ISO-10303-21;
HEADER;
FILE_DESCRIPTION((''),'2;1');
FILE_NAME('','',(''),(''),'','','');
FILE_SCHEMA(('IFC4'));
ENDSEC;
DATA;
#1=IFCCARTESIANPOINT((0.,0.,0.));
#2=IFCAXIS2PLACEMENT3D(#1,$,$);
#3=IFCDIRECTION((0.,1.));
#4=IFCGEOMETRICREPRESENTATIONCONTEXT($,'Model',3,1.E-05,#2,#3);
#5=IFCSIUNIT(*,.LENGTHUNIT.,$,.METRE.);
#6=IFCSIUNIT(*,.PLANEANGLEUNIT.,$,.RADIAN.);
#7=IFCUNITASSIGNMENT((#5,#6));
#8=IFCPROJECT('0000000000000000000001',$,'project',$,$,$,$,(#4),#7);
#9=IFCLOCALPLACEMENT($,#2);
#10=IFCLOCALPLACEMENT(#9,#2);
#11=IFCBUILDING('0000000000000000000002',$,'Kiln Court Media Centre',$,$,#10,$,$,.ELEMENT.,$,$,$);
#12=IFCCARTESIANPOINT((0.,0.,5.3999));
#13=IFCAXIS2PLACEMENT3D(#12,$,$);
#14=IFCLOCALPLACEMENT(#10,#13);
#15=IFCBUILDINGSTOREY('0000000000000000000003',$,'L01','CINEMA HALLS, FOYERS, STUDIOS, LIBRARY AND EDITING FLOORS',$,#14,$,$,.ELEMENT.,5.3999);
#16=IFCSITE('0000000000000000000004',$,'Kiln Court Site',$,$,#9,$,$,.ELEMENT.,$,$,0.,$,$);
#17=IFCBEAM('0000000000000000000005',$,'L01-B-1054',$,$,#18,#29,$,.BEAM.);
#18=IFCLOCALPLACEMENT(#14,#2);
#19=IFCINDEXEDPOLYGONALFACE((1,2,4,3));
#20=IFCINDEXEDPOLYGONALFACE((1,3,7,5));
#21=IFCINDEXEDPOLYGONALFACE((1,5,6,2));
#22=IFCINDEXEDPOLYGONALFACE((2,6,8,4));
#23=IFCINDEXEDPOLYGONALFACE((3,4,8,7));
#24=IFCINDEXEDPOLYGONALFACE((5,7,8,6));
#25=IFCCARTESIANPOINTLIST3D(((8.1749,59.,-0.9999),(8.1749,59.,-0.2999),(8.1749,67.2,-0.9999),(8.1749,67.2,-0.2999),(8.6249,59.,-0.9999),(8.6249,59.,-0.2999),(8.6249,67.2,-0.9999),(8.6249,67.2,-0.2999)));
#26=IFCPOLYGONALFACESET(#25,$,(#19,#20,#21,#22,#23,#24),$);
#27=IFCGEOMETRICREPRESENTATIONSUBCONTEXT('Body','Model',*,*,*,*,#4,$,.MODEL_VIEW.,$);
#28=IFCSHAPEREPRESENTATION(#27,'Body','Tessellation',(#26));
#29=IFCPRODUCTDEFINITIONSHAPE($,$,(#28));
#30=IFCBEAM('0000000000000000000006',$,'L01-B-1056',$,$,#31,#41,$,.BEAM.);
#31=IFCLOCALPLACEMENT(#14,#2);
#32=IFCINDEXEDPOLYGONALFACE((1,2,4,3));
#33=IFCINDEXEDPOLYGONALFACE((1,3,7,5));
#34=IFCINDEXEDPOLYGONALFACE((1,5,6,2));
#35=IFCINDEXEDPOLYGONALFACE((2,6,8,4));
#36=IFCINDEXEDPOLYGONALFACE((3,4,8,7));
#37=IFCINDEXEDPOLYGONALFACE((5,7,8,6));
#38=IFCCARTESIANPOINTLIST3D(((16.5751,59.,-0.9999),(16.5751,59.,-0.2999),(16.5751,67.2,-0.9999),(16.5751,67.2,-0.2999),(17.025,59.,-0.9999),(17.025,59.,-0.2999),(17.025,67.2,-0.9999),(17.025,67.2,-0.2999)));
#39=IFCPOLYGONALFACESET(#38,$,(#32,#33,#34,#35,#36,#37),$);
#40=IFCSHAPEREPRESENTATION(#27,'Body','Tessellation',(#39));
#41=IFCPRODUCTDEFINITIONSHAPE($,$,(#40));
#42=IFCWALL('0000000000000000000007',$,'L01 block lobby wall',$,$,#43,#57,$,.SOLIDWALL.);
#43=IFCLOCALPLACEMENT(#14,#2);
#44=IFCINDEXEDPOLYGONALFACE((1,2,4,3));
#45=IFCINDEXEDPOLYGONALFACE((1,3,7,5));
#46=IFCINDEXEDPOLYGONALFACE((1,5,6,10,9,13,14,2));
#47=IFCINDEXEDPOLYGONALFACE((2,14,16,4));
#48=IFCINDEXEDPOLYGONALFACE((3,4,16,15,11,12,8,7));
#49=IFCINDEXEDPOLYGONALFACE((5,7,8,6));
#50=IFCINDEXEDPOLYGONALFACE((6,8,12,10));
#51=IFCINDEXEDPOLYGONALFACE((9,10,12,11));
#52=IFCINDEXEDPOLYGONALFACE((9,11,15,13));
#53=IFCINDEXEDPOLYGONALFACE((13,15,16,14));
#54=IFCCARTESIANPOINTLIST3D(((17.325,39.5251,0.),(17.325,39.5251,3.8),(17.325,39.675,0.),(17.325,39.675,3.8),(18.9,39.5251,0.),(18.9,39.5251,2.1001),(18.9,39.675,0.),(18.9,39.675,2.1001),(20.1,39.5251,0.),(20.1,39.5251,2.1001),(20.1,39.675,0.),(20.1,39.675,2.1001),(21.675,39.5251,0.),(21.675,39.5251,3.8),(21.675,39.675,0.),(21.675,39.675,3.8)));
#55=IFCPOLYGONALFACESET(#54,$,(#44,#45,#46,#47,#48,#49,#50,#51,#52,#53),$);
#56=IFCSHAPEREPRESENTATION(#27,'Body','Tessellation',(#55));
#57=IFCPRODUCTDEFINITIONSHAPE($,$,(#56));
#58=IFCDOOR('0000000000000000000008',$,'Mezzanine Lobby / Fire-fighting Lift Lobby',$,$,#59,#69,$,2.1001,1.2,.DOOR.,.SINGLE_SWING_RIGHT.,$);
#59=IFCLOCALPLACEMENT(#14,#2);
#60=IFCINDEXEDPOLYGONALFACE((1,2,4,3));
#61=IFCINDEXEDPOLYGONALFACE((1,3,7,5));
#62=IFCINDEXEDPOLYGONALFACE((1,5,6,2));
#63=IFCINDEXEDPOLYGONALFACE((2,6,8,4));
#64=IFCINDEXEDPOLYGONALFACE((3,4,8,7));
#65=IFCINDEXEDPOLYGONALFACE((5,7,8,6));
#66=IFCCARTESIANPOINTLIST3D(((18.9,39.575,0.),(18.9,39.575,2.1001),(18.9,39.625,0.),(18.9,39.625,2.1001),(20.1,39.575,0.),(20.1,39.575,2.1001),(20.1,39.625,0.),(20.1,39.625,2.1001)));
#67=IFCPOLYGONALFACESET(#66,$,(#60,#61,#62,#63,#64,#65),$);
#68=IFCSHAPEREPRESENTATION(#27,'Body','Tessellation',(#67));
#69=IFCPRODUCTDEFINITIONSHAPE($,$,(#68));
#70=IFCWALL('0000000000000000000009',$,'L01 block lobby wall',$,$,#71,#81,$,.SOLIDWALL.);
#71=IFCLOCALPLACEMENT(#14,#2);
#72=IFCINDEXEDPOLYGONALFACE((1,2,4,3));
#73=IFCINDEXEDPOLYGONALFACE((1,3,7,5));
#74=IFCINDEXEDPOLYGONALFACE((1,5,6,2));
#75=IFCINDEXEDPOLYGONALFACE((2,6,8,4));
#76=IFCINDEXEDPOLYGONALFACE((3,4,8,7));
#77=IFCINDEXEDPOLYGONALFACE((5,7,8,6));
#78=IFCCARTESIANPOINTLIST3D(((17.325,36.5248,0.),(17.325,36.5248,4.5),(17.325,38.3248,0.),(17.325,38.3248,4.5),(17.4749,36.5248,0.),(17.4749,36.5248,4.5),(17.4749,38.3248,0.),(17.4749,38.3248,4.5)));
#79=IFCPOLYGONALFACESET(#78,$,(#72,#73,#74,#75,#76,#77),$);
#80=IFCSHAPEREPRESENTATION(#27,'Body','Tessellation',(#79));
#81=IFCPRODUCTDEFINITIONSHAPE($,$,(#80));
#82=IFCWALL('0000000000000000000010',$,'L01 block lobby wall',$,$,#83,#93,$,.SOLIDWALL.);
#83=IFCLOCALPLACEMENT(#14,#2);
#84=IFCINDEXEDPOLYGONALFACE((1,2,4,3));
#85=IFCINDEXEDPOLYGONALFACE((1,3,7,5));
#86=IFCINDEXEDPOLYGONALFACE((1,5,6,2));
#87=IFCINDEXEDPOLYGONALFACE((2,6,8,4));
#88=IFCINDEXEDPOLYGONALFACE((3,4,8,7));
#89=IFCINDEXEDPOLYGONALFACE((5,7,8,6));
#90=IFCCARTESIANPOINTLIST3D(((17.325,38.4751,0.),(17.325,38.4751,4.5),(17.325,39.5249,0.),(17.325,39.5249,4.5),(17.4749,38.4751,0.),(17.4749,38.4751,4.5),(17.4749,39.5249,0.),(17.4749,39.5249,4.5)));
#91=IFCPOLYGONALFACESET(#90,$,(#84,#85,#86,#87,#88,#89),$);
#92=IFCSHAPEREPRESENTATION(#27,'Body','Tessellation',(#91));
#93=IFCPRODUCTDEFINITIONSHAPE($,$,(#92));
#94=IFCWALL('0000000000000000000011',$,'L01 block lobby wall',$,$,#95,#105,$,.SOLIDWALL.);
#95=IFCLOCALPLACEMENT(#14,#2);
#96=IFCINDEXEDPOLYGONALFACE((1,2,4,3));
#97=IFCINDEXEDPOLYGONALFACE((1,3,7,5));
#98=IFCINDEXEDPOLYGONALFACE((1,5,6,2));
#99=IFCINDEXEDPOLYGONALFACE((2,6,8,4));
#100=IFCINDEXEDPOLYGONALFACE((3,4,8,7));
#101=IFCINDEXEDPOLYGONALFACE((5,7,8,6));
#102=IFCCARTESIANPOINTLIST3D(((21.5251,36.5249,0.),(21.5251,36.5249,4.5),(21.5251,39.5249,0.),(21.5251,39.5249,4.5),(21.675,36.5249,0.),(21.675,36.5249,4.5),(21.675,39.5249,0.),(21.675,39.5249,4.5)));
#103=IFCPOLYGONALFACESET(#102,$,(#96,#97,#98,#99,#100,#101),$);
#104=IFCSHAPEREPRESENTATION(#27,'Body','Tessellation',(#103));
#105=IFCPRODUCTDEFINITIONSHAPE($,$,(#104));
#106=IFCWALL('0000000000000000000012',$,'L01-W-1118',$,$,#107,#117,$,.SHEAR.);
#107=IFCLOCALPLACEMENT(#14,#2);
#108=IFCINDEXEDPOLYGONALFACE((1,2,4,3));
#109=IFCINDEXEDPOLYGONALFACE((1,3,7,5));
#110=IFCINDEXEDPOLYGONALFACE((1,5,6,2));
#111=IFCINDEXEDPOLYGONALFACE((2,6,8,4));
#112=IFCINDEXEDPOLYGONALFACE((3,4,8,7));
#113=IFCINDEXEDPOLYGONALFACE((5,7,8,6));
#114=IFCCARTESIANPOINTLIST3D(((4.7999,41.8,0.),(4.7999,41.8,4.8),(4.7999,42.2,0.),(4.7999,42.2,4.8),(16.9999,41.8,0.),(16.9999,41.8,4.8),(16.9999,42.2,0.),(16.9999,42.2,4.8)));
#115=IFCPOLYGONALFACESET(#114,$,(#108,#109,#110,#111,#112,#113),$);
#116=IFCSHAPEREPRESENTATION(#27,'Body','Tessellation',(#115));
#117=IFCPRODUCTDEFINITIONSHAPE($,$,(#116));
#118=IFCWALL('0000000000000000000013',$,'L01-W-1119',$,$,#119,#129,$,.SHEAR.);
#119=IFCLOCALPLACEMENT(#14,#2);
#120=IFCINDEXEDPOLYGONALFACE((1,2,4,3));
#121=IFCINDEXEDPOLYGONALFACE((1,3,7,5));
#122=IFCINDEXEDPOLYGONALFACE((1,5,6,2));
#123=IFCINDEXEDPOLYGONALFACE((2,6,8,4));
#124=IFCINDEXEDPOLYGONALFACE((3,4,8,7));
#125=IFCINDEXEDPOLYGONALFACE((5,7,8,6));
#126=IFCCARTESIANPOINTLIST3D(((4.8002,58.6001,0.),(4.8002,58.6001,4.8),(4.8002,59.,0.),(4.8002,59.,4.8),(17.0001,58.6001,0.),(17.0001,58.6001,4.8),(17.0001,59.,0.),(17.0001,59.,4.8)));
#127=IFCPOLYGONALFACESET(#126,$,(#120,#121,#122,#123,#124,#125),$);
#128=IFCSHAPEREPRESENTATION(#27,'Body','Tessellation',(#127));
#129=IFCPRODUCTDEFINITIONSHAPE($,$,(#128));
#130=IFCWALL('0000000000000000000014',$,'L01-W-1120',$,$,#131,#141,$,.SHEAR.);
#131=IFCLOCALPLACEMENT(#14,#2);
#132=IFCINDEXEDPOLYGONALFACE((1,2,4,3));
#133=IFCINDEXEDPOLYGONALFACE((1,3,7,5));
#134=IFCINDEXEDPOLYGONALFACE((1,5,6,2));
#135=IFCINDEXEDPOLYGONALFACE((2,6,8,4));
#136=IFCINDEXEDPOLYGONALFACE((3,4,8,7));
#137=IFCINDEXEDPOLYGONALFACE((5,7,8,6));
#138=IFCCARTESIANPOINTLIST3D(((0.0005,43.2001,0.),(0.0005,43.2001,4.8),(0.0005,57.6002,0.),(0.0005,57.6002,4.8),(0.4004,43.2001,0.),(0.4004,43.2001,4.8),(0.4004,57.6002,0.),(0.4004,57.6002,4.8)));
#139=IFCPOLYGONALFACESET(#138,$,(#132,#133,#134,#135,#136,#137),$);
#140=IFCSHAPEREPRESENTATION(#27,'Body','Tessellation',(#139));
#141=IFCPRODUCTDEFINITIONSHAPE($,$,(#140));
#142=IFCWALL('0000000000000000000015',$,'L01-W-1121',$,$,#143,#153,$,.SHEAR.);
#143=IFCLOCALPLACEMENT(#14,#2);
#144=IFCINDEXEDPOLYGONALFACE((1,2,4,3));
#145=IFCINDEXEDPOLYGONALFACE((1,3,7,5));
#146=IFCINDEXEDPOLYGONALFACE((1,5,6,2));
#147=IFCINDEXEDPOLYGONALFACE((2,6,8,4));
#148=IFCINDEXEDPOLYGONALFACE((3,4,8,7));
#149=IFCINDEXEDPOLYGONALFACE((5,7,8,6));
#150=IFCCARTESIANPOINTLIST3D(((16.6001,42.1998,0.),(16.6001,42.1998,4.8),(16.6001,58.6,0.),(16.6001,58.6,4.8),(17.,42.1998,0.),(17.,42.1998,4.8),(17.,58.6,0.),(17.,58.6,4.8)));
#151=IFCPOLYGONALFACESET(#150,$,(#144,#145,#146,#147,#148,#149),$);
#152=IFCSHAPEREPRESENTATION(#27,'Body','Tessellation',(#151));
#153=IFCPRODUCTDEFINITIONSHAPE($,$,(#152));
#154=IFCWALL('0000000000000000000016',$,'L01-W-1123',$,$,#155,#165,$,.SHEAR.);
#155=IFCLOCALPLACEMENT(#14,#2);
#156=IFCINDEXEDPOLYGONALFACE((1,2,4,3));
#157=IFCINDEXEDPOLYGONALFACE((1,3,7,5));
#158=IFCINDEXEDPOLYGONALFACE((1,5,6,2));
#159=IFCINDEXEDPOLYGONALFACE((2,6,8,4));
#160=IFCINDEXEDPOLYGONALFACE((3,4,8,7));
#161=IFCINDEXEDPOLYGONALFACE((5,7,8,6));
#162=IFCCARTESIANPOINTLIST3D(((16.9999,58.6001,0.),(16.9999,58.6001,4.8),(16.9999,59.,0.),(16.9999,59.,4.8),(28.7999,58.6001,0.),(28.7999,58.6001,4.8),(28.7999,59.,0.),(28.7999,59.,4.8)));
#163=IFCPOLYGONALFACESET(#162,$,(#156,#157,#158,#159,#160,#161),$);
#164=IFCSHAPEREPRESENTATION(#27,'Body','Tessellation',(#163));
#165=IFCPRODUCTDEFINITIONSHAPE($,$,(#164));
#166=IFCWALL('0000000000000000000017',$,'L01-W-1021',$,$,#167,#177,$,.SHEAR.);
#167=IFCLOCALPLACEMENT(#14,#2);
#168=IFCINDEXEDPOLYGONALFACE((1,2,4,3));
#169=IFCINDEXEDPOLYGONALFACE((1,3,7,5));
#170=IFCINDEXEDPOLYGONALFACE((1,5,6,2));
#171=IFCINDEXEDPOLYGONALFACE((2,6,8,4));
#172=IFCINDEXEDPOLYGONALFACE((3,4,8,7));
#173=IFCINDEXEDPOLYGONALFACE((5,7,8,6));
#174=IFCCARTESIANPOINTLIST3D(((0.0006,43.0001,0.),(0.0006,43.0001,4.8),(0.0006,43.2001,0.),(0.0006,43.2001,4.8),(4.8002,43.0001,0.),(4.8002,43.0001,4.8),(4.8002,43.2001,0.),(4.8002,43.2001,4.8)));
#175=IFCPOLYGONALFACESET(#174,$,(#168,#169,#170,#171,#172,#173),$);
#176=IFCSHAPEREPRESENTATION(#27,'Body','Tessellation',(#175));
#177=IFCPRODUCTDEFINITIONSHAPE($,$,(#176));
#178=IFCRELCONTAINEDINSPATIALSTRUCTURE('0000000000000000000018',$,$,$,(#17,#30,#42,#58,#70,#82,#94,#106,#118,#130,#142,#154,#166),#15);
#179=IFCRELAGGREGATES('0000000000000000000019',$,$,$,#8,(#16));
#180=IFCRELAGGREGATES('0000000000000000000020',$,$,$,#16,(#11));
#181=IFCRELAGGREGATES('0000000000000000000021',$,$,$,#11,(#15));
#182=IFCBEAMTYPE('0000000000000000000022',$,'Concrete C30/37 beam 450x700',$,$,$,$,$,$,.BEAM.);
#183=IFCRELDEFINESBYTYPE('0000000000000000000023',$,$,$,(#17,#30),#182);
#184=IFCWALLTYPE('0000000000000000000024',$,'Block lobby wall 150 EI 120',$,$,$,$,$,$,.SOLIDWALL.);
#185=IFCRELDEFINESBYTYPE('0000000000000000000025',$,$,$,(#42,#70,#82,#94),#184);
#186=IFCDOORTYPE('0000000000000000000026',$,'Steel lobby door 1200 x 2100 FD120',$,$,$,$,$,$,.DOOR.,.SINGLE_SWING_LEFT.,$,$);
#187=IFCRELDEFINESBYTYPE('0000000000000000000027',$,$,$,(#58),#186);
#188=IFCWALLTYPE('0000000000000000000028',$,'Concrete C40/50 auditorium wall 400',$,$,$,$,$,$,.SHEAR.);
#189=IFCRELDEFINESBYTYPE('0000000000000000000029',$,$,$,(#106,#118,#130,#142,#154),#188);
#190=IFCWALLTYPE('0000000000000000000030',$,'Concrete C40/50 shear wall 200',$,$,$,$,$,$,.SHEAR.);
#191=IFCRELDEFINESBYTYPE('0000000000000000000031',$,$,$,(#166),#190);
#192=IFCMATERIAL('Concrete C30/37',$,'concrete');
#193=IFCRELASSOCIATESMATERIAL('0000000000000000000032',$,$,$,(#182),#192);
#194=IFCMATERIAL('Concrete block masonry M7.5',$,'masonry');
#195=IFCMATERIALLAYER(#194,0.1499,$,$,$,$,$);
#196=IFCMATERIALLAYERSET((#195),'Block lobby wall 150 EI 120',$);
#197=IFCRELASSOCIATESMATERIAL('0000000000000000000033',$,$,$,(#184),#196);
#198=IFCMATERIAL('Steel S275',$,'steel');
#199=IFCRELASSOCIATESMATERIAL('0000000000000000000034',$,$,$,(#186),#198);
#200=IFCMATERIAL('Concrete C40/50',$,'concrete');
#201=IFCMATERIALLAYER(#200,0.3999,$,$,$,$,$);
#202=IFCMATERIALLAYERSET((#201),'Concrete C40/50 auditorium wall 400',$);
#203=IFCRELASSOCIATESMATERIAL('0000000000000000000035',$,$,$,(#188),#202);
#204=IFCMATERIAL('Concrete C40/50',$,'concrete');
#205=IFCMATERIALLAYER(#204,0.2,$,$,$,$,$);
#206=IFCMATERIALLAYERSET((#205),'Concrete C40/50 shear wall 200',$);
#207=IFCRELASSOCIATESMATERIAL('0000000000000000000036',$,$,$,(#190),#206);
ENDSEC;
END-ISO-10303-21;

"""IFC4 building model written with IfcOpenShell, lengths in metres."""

from ifc_helpers import new_model, si_unit, direction, frame, frame_2d, origin, origin_2d, place, context, subcontext, project, spatial, rectangle, extrude, material, layer, layer_set, material_profile, profile_set, type_object, element, fill, save


model = new_model("IFC4")

# Units and contexts
model_context = context("Model", 3, precision=1e-05, world=origin(), true_north=direction((0.0, 1.0)))
body_context = subcontext(model_context, "Body", "Model", "MODEL_VIEW")
ifc_project = project(units=[si_unit("LENGTHUNIT", "METRE"), si_unit("PLANEANGLEUNIT", "RADIAN")], contexts=[model_context])

# Site, building, storey
site_placement = place(None, origin())
site = spatial("IfcSite", under=ifc_project, at=site_placement, Name="Kiln Court Site", CompositionType="ELEMENT", RefElevation=0.0)
building_placement = place(site_placement, origin())
building = spatial("IfcBuilding", under=site, at=building_placement, Name="Kiln Court Media Centre", CompositionType="ELEMENT")
storey_placement = place(building_placement, frame((0.0, 0.0, 5.3999)))
storey = spatial("IfcBuildingStorey", under=building, at=storey_placement, Name="L01", Description="CINEMA HALLS, FOYERS, STUDIOS, LIBRARY AND EDITING FLOORS", CompositionType="ELEMENT", Elevation=5.3999)

# Beams
ifc_material_1 = material(Name="Concrete C30/37", Category="concrete")
ifc_material_profile = material_profile(ifc_material_1, rectangle(XDim=0.45, YDim=0.7, at=origin_2d()), Name="RC 450x700")
ifc_profile_set = profile_set([ifc_material_profile], Name="Concrete C30/37")
beam_type = type_object("IfcBeamType", Name="Concrete C30/37 beam 450x700", PredefinedType="BEAM", material=ifc_profile_set)
for number, where, z_axis, x_axis, name in (
    (1, (8.3999, 59.0, -0.6499), (0.0, 1.0, 0.0), (-1.0, 0.0, 0.0), "L01-B-1054"),
    (2, (16.8, 59.0, -0.6499), (0.0, 1.0, 0.0), (-1.0, 0.0, 0.0), "L01-B-1056"),
):
    element("IfcBeam", number, at=place(storey_placement, frame(where, z_axis=z_axis, x_axis=x_axis)), inside=storey, type_object=beam_type, Name=name, PredefinedType="BEAM", context=body_context, shape_type="SweptSolid", body=[
        extrude(rectangle(XDim=0.45, YDim=0.7, at=origin_2d()), origin(), (0.0, 0.0, 1.0), 8.2),
    ])

# Wall, opening, door
ifc_material_2 = material(Name="Concrete block masonry M7.5", Category="masonry")
ifc_layer_1 = layer(ifc_material_2, 0.1499)
ifc_layer_set_1 = layer_set([ifc_layer_1], Name="Block lobby wall 150 EI 120")
wall_type_1 = type_object("IfcWallType", Name="Block lobby wall 150 EI 120", PredefinedType="SOLIDWALL", material=ifc_layer_set_1)
wall_1_placement = place(storey_placement, frame((17.325, 39.6001, 0.0), z_axis=(0.0, 0.0, 1.0), x_axis=(1.0, 0.0, 0.0)))
wall_1 = element("IfcWall", 3, at=wall_1_placement, inside=storey, type_object=wall_type_1, Name="L01 block lobby wall", PredefinedType="SOLIDWALL", context=body_context, shape_type="SweptSolid", body=[
    extrude(rectangle(XDim=4.3501, YDim=0.1499, at=frame_2d((2.175, 0.0))), origin(), (0.0, 0.0, 1.0), 3.8),
])
opening_1_placement = place(wall_1_placement, frame((1.575, 0.0, 0.0)))
opening_1 = element("IfcOpeningElement", 4, at=opening_1_placement, cuts=wall_1, PredefinedType="OPENING", context=body_context, shape_type="SweptSolid", body=[
    extrude(rectangle(XDim=1.2, YDim=2.1001, at=frame_2d((0.6001, 1.05))), frame((0.0, 0.085, 0.0), z_axis=(0.0, -1.0, 0.0), x_axis=(1.0, 0.0, 0.0)), (0.0, 0.0, 1.0), 0.1699),
])
ifc_material_3 = material(Name="Steel S275", Category="steel")
door_type_1 = type_object("IfcDoorType", Name="Steel lobby door 1200 x 2100 FD120", OperationType="SINGLE_SWING_LEFT", PredefinedType="DOOR", material=ifc_material_3)
door_1_placement = place(opening_1_placement, origin())
door_1 = element("IfcDoor", 5, at=door_1_placement, inside=storey, type_object=door_type_1, Name="Mezzanine Lobby / Fire-fighting Lift Lobby", OperationType="SINGLE_SWING_RIGHT", OverallHeight=2.1001, OverallWidth=1.2, PredefinedType="DOOR", context=body_context, shape_type="SweptSolid", body=[
    extrude(rectangle(XDim=1.2, YDim=2.1001, at=frame_2d((0.6001, 1.05))), frame((0.0, 0.0249, 0.0), z_axis=(0.0, -1.0, 0.0), x_axis=(1.0, 0.0, 0.0)), (0.0, 0.0, 1.0), 0.05),
])
fill(opening_1, door_1)

# Walls
wall_2_placement = place(storey_placement, frame((17.3999, 36.5249, 0.0), z_axis=(0.0, 0.0, 1.0), x_axis=(0.0, 1.0, 0.0)))
element("IfcWall", 6, at=wall_2_placement, inside=storey, type_object=wall_type_1, Name="L01 block lobby wall", PredefinedType="SOLIDWALL", context=body_context, shape_type="SweptSolid", body=[
    extrude(rectangle(XDim=1.8, YDim=0.1499, at=frame_2d((0.8999, 0.0))), origin(), (0.0, 0.0, 1.0), 4.5),
])
wall_3_placement = place(storey_placement, frame((17.3999, 38.4751, 0.0), z_axis=(0.0, 0.0, 1.0), x_axis=(0.0, 1.0, 0.0)))
element("IfcWall", 7, at=wall_3_placement, inside=storey, type_object=wall_type_1, Name="L01 block lobby wall", PredefinedType="SOLIDWALL", context=body_context, shape_type="SweptSolid", body=[
    extrude(rectangle(XDim=1.0498, YDim=0.1499, at=frame_2d((0.5249, 0.0))), origin(), (0.0, 0.0, 1.0), 4.5),
])
wall_4_placement = place(storey_placement, frame((21.6001, 36.5249, 0.0), z_axis=(0.0, 0.0, 1.0), x_axis=(0.0, 1.0, 0.0)))
element("IfcWall", 8, at=wall_4_placement, inside=storey, type_object=wall_type_1, Name="L01 block lobby wall", PredefinedType="SOLIDWALL", context=body_context, shape_type="SweptSolid", body=[
    extrude(rectangle(XDim=3.0, YDim=0.1499, at=frame_2d((1.5, 0.0))), origin(), (0.0, 0.0, 1.0), 4.5),
])
ifc_material_4 = material(Name="Concrete C40/50", Category="concrete")
ifc_layer_2 = layer(ifc_material_4, 0.3999)
ifc_layer_set_2 = layer_set([ifc_layer_2], Name="Concrete C40/50 auditorium wall 400")
wall_type_2 = type_object("IfcWallType", Name="Concrete C40/50 auditorium wall 400", PredefinedType="SHEAR", material=ifc_layer_set_2)
for number, where, z_axis, x_axis, name in (
    (9, (17.0, 42.0, 0.0), (0.0, 0.0, 1.0), (-1.0, 0.0, 0.0), "L01-W-1118"),
    (10, (4.8, 58.8, 0.0), (0.0, 0.0, 1.0), (1.0, 0.0, 0.0), "L01-W-1119"),
):
    element("IfcWall", number, at=place(storey_placement, frame(where, z_axis=z_axis, x_axis=x_axis)), inside=storey, type_object=wall_type_2, Name=name, PredefinedType="SHEAR", context=body_context, shape_type="SweptSolid", body=[
        extrude(rectangle(XDim=12.2, YDim=0.3999, at=frame_2d((6.1001, 0.0))), origin(), (0.0, 0.0, 1.0), 4.8),
    ])
wall_5_placement = place(storey_placement, frame((0.2004, 43.2, 0.0), z_axis=(0.0, 0.0, 1.0), x_axis=(0.0, 1.0, 0.0)))
element("IfcWall", 11, at=wall_5_placement, inside=storey, type_object=wall_type_2, Name="L01-W-1120", PredefinedType="SHEAR", context=body_context, shape_type="SweptSolid", body=[
    extrude(rectangle(XDim=14.4001, YDim=0.3999, at=frame_2d((7.2002, 0.0))), origin(), (0.0, 0.0, 1.0), 4.8),
])
wall_6_placement = place(storey_placement, frame((16.8, 58.6001, 0.0), z_axis=(0.0, 0.0, 1.0), x_axis=(0.0, -1.0, 0.0)))
element("IfcWall", 12, at=wall_6_placement, inside=storey, type_object=wall_type_2, Name="L01-W-1121", PredefinedType="SHEAR", context=body_context, shape_type="SweptSolid", body=[
    extrude(rectangle(XDim=16.4001, YDim=0.3999, at=frame_2d((8.2002, 0.0))), origin(), (0.0, 0.0, 1.0), 4.8),
])
wall_7_placement = place(storey_placement, frame((17.0, 58.8, 0.0), z_axis=(0.0, 0.0, 1.0), x_axis=(1.0, 0.0, 0.0)))
element("IfcWall", 13, at=wall_7_placement, inside=storey, type_object=wall_type_2, Name="L01-W-1123", PredefinedType="SHEAR", context=body_context, shape_type="SweptSolid", body=[
    extrude(rectangle(XDim=11.8, YDim=0.3999, at=frame_2d((5.8999, 0.0))), origin(), (0.0, 0.0, 1.0), 4.8),
])
ifc_material_5 = material(Name="Concrete C40/50", Category="concrete")
ifc_layer_3 = layer(ifc_material_5, 0.2)
ifc_layer_set_3 = layer_set([ifc_layer_3], Name="Concrete C40/50 shear wall 200")
wall_type_3 = type_object("IfcWallType", Name="Concrete C40/50 shear wall 200", PredefinedType="SHEAR", material=ifc_layer_set_3)
wall_8_placement = place(storey_placement, frame((0.0005, 43.1001, 0.0), z_axis=(0.0, 0.0, 1.0), x_axis=(1.0, 0.0, 0.0)))
element("IfcWall", 14, at=wall_8_placement, inside=storey, type_object=wall_type_3, Name="L01-W-1021", PredefinedType="SHEAR", context=body_context, shape_type="SweptSolid", body=[
    extrude(rectangle(XDim=4.7996, YDim=0.2, at=frame_2d((2.3999, 0.0))), origin(), (0.0, 0.0, 1.0), 4.8),
])

save(model, "model.ifc")
